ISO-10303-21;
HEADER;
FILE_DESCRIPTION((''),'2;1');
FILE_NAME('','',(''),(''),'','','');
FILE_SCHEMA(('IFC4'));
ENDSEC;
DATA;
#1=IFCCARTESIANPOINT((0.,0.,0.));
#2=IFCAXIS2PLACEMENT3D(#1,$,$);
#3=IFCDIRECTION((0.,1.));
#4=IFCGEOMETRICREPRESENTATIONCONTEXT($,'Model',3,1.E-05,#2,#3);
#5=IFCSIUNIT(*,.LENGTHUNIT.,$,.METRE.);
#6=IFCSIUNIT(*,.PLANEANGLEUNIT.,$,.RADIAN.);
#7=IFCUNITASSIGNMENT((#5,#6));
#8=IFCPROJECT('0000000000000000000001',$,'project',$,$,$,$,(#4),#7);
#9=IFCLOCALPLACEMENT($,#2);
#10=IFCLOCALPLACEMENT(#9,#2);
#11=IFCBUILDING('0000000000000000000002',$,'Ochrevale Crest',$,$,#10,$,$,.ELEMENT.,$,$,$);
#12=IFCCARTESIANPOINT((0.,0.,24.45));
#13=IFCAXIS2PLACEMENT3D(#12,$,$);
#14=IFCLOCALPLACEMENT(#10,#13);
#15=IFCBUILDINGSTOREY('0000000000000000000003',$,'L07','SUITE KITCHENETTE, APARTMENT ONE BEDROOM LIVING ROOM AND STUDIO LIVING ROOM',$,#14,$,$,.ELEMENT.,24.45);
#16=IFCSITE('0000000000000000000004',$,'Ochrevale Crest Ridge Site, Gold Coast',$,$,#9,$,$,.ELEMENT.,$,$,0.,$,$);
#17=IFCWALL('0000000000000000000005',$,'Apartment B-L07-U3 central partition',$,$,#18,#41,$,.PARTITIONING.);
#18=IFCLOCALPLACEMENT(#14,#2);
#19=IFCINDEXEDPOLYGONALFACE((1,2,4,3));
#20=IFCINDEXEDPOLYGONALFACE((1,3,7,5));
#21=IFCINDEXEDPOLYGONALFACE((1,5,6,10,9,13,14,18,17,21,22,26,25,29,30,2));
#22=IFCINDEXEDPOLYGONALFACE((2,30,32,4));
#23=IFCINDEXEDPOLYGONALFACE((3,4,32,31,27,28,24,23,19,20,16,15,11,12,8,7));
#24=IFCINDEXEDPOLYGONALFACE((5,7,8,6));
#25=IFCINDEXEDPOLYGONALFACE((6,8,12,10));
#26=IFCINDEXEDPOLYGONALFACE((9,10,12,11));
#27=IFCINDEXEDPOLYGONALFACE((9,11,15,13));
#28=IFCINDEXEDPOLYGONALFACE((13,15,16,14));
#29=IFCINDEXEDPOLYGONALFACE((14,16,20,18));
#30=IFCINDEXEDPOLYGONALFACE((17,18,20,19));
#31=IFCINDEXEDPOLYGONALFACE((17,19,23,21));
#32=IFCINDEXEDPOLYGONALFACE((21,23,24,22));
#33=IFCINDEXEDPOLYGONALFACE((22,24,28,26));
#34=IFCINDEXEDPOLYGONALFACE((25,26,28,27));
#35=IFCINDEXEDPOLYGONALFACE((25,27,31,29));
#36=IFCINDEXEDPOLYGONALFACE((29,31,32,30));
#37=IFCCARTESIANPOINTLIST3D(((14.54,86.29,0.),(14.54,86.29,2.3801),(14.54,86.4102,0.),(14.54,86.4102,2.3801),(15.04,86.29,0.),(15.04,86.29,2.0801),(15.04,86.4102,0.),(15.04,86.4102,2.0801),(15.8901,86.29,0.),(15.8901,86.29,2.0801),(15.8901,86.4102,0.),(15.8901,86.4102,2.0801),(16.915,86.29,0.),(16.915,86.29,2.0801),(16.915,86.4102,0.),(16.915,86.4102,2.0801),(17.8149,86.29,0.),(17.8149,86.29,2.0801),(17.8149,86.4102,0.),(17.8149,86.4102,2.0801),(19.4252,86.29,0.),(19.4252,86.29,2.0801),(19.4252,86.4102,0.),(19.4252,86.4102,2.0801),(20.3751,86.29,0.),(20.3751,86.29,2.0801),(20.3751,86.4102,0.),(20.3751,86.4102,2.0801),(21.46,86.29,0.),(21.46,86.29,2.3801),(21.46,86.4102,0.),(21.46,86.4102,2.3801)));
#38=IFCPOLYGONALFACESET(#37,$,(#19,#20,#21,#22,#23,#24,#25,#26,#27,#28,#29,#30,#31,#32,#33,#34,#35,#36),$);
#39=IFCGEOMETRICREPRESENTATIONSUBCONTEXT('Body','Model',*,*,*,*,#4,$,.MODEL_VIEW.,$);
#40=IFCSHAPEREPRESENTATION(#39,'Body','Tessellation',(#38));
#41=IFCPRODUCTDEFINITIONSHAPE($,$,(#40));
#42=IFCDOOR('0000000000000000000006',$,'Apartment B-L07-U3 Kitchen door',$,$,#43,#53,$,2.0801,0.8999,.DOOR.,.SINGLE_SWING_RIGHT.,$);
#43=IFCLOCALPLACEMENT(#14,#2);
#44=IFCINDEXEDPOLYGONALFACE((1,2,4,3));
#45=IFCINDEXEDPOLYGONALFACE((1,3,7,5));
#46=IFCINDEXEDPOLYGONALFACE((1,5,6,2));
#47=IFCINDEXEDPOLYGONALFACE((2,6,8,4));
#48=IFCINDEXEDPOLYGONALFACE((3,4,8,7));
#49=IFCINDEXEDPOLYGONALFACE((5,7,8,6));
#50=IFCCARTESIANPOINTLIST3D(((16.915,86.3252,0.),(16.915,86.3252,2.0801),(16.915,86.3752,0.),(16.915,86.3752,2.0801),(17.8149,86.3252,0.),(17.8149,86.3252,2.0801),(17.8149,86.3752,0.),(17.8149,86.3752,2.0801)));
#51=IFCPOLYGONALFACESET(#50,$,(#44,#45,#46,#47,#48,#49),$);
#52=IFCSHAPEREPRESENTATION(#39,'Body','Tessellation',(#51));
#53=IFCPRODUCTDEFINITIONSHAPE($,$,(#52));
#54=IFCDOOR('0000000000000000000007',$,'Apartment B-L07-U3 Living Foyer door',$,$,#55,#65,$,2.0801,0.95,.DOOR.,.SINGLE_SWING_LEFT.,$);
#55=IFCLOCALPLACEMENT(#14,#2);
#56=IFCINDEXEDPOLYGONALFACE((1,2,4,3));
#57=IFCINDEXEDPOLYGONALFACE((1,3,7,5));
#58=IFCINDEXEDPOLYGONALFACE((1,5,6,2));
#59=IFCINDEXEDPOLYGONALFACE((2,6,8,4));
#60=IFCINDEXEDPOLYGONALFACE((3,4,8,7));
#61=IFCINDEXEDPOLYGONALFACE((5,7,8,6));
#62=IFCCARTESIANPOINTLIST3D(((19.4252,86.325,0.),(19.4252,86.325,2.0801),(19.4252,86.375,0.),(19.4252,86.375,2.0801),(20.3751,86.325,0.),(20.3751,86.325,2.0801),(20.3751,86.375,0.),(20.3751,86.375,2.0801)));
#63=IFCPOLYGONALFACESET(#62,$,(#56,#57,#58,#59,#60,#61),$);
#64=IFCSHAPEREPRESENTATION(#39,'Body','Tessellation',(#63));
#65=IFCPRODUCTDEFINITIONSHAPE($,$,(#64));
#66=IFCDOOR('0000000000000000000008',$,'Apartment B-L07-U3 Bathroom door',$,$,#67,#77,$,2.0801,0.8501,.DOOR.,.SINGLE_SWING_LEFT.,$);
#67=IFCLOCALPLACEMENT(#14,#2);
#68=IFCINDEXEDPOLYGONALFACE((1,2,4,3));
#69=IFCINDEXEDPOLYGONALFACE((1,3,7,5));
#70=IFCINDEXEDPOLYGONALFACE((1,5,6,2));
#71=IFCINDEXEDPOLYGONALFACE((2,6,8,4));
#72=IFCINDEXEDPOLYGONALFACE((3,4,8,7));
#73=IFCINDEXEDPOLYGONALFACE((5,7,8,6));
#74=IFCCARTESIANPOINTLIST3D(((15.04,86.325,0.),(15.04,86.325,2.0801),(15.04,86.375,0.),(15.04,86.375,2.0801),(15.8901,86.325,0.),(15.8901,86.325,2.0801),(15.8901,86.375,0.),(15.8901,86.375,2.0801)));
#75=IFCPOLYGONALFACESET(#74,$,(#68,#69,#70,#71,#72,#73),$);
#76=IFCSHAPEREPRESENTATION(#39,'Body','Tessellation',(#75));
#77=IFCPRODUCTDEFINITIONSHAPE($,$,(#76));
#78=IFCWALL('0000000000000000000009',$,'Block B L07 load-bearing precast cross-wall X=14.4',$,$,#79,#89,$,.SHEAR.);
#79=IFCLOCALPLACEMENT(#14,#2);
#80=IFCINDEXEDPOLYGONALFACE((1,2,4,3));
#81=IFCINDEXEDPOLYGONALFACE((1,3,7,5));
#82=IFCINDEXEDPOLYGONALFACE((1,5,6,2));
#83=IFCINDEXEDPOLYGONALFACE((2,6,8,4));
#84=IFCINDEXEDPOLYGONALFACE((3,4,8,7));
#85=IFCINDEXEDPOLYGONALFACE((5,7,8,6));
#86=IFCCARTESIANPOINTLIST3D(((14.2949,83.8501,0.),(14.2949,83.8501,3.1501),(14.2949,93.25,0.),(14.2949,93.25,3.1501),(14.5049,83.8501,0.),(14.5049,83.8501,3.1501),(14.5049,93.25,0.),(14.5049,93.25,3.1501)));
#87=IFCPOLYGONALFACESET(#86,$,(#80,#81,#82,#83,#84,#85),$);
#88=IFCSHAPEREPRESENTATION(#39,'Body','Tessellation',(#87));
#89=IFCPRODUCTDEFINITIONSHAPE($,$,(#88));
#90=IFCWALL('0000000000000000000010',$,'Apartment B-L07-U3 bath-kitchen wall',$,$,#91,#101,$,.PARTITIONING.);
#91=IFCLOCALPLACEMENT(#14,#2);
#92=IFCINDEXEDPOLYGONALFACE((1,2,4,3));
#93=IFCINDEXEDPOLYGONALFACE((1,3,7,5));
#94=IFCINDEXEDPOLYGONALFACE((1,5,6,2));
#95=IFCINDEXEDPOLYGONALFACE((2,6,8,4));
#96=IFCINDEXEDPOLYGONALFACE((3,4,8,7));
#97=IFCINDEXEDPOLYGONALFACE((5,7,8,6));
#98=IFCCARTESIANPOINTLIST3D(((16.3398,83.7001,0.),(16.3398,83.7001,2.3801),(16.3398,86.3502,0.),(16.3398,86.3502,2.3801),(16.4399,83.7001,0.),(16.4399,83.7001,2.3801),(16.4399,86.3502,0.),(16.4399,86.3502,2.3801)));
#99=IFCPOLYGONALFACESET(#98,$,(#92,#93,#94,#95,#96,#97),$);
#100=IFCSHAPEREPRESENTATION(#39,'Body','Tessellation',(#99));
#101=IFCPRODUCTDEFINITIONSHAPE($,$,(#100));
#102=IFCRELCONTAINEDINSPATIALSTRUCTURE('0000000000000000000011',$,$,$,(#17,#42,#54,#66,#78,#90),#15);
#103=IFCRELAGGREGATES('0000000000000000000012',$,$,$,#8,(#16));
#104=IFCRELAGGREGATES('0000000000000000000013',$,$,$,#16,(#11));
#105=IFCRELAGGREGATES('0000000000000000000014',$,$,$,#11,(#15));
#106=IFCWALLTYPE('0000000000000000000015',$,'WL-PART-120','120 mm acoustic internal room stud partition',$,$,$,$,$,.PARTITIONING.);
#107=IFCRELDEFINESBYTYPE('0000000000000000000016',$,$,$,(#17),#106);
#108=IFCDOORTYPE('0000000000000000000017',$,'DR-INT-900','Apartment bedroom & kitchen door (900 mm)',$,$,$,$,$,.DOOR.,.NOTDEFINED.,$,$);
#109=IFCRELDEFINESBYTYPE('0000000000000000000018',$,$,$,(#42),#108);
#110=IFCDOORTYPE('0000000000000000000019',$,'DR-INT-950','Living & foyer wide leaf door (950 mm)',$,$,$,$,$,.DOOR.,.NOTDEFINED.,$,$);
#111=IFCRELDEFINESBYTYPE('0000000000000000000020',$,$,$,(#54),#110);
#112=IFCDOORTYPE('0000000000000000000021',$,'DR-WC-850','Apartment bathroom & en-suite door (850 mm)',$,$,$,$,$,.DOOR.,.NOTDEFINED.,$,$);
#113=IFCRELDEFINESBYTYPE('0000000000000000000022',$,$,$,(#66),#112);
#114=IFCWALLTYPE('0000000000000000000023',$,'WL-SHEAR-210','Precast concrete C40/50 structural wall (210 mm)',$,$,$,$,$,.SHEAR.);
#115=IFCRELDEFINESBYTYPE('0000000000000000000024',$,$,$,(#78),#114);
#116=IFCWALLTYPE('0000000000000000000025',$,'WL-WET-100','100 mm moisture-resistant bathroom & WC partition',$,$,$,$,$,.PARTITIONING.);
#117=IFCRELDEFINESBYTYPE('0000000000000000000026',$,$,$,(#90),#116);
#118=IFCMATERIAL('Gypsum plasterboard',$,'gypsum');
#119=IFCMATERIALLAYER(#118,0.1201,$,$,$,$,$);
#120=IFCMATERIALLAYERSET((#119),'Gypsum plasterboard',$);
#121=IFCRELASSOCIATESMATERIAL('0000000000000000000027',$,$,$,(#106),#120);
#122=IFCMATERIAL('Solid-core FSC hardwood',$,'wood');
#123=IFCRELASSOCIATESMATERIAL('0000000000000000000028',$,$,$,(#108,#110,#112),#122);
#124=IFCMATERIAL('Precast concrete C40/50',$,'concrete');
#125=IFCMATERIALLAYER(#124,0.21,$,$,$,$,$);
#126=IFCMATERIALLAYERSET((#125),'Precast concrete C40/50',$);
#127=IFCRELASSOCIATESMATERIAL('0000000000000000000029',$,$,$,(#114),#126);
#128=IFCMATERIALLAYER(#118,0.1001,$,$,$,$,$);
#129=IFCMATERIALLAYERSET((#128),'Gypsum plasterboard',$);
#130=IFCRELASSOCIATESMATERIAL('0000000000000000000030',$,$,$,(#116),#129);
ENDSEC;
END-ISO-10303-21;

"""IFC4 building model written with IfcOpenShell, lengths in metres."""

from ifc_helpers import new_model, si_unit, direction, frame, frame_2d, origin, place, context, subcontext, project, spatial, rectangle, extrude, material, layer, layer_set, type_object, element, fill, save


model = new_model("IFC4")

# Units and contexts
model_context = context("Model", 3, precision=1e-05, world=origin(), true_north=direction((0.0, 1.0)))
body_context = subcontext(model_context, "Body", "Model", "MODEL_VIEW")
ifc_project = project(units=[si_unit("LENGTHUNIT", "METRE"), si_unit("PLANEANGLEUNIT", "RADIAN")], contexts=[model_context])

# Site, building, storey
site_placement = place(None, origin())
site = spatial("IfcSite", under=ifc_project, at=site_placement, Name="Ochrevale Crest Ridge Site, Gold Coast", CompositionType="ELEMENT", RefElevation=0.0)
building_placement = place(site_placement, origin())
building = spatial("IfcBuilding", under=site, at=building_placement, Name="Ochrevale Crest", CompositionType="ELEMENT")
storey_placement = place(building_placement, frame((0.0, 0.0, 24.45)))
storey = spatial("IfcBuildingStorey", under=building, at=storey_placement, Name="L07", Description="SUITE KITCHENETTE, APARTMENT ONE BEDROOM LIVING ROOM AND STUDIO LIVING ROOM", CompositionType="ELEMENT", Elevation=24.45)

# Shared definitions
ifc_material_1 = material(Name="Gypsum plasterboard", Category="gypsum")
ifc_material_2 = material(Name="Solid-core FSC hardwood", Category="wood")

# Shared definitions
ifc_layer_1 = layer(ifc_material_1, 0.1201)
ifc_layer_set_1 = layer_set([ifc_layer_1], Name="Gypsum plasterboard")
wall_type_1 = type_object("IfcWallType", Name="WL-PART-120", Description="120 mm acoustic internal room stud partition", PredefinedType="PARTITIONING", material=ifc_layer_set_1)

# Shared definitions
door_type_1 = type_object("IfcDoorType", Name="DR-INT-900", Description="Apartment bedroom & kitchen door (900 mm)", OperationType="NOTDEFINED", PredefinedType="DOOR", material=ifc_material_2)

# Wall, openings, doors
wall_1_placement = place(storey_placement, frame((14.54, 86.3501, 0.0), z_axis=(0.0, 0.0, 1.0), x_axis=(1.0, 0.0, 0.0)))
wall_1 = element("IfcWall", 1, at=wall_1_placement, inside=storey, type_object=wall_type_1, Name="Apartment B-L07-U3 central partition", PredefinedType="PARTITIONING", context=body_context, shape_type="SweptSolid", body=[
    extrude(rectangle(XDim=6.9199, YDim=0.1201, at=frame_2d((3.46, 0.0))), origin(), (0.0, 0.0, 1.0), 2.3801),
])
opening_1_placement = place(wall_1_placement, frame((0.5, 0.0, 0.0)))
opening_1 = element("IfcOpeningElement", 2, at=opening_1_placement, cuts=wall_1, PredefinedType="OPENING", context=body_context, shape_type="SweptSolid", body=[
    extrude(rectangle(XDim=0.8501, YDim=2.0801, at=frame_2d((0.425, 1.04))), frame((0.0, 0.0701, 0.0), z_axis=(0.0, -1.0, 0.0), x_axis=(1.0, 0.0, 0.0)), (0.0, 0.0, 1.0), 0.1401),
])
opening_2_placement = place(wall_1_placement, frame((3.2749, 0.0, 0.0), z_axis=(0.0, 0.0, 1.0), x_axis=(-1.0, 0.0, 0.0)))
opening_2 = element("IfcOpeningElement", 3, at=opening_2_placement, cuts=wall_1, PredefinedType="OPENING", context=body_context, shape_type="SweptSolid", body=[
    extrude(rectangle(XDim=0.8999, YDim=2.0801, at=frame_2d((0.45, 1.04))), frame((0.0, 0.0701, 0.0), z_axis=(0.0, -1.0, 0.0), x_axis=(1.0, 0.0, 0.0)), (0.0, 0.0, 1.0), 0.1401),
])
opening_3_placement = place(wall_1_placement, frame((4.885, 0.0, 0.0)))
opening_3 = element("IfcOpeningElement", 4, at=opening_3_placement, cuts=wall_1, PredefinedType="OPENING", context=body_context, shape_type="SweptSolid", body=[
    extrude(rectangle(XDim=0.95, YDim=2.0801, at=frame_2d((0.4751, 1.04))), frame((0.0, 0.0701, 0.0), z_axis=(0.0, -1.0, 0.0), x_axis=(1.0, 0.0, 0.0)), (0.0, 0.0, 1.0), 0.1401),
])
door_1_placement = place(opening_2_placement, origin())
door_1 = element("IfcDoor", 5, at=door_1_placement, inside=storey, type_object=door_type_1, Name="Apartment B-L07-U3 Kitchen door", OperationType="SINGLE_SWING_RIGHT", OverallHeight=2.0801, OverallWidth=0.8999, PredefinedType="DOOR", context=body_context, shape_type="SweptSolid", body=[
    extrude(rectangle(XDim=0.8999, YDim=2.0801, at=frame_2d((0.45, 1.04))), frame((0.0, 0.0249, 0.0), z_axis=(0.0, -1.0, 0.0), x_axis=(1.0, 0.0, 0.0)), (0.0, 0.0, 1.0), 0.05),
])
fill(opening_2, door_1)
door_type_2 = type_object("IfcDoorType", Name="DR-INT-950", Description="Living & foyer wide leaf door (950 mm)", OperationType="NOTDEFINED", PredefinedType="DOOR", material=ifc_material_2)
door_2_placement = place(opening_3_placement, origin())
door_2 = element("IfcDoor", 6, at=door_2_placement, inside=storey, type_object=door_type_2, Name="Apartment B-L07-U3 Living Foyer door", OperationType="SINGLE_SWING_LEFT", OverallHeight=2.0801, OverallWidth=0.95, PredefinedType="DOOR", context=body_context, shape_type="SweptSolid", body=[
    extrude(rectangle(XDim=0.95, YDim=2.0801, at=frame_2d((0.4751, 1.04))), frame((0.0, 0.0249, 0.0), z_axis=(0.0, -1.0, 0.0), x_axis=(1.0, 0.0, 0.0)), (0.0, 0.0, 1.0), 0.05),
])
fill(opening_3, door_2)
door_type_3 = type_object("IfcDoorType", Name="DR-WC-850", Description="Apartment bathroom & en-suite door (850 mm)", OperationType="NOTDEFINED", PredefinedType="DOOR", material=ifc_material_2)
door_3_placement = place(opening_1_placement, origin())
door_3 = element("IfcDoor", 7, at=door_3_placement, inside=storey, type_object=door_type_3, Name="Apartment B-L07-U3 Bathroom door", OperationType="SINGLE_SWING_LEFT", OverallHeight=2.0801, OverallWidth=0.8501, PredefinedType="DOOR", context=body_context, shape_type="SweptSolid", body=[
    extrude(rectangle(XDim=0.8501, YDim=2.0801, at=frame_2d((0.425, 1.04))), frame((0.0, 0.0249, 0.0), z_axis=(0.0, -1.0, 0.0), x_axis=(1.0, 0.0, 0.0)), (0.0, 0.0, 1.0), 0.05),
])
fill(opening_1, door_3)

# Walls
ifc_material_3 = material(Name="Precast concrete C40/50", Category="concrete")
ifc_layer_2 = layer(ifc_material_3, 0.21)
ifc_layer_set_2 = layer_set([ifc_layer_2], Name="Precast concrete C40/50")
wall_type_2 = type_object("IfcWallType", Name="WL-SHEAR-210", Description="Precast concrete C40/50 structural wall (210 mm)", PredefinedType="SHEAR", material=ifc_layer_set_2)
wall_2_placement = place(storey_placement, frame((14.3999, 83.8501, 0.0), z_axis=(0.0, 0.0, 1.0), x_axis=(0.0, 1.0, 0.0)))
element("IfcWall", 8, at=wall_2_placement, inside=storey, type_object=wall_type_2, Name="Block B L07 load-bearing precast cross-wall X=14.4", PredefinedType="SHEAR", context=body_context, shape_type="SweptSolid", body=[
    extrude(rectangle(XDim=9.3999, YDim=0.21, at=frame_2d((4.7, 0.0))), origin(), (0.0, 0.0, 1.0), 3.1501),
])
ifc_layer_3 = layer(ifc_material_1, 0.1001)
ifc_layer_set_3 = layer_set([ifc_layer_3], Name="Gypsum plasterboard")
wall_type_3 = type_object("IfcWallType", Name="WL-WET-100", Description="100 mm moisture-resistant bathroom & WC partition", PredefinedType="PARTITIONING", material=ifc_layer_set_3)
wall_3_placement = place(storey_placement, frame((16.3899, 83.7, 0.0), z_axis=(0.0, 0.0, 1.0), x_axis=(0.0, 1.0, 0.0)))
element("IfcWall", 9, at=wall_3_placement, inside=storey, type_object=wall_type_3, Name="Apartment B-L07-U3 bath-kitchen wall", PredefinedType="PARTITIONING", context=body_context, shape_type="SweptSolid", body=[
    extrude(rectangle(XDim=2.6501, YDim=0.1001, at=frame_2d((1.3252, 0.0))), origin(), (0.0, 0.0, 1.0), 2.3801),
])

save(model, "model.ifc")
